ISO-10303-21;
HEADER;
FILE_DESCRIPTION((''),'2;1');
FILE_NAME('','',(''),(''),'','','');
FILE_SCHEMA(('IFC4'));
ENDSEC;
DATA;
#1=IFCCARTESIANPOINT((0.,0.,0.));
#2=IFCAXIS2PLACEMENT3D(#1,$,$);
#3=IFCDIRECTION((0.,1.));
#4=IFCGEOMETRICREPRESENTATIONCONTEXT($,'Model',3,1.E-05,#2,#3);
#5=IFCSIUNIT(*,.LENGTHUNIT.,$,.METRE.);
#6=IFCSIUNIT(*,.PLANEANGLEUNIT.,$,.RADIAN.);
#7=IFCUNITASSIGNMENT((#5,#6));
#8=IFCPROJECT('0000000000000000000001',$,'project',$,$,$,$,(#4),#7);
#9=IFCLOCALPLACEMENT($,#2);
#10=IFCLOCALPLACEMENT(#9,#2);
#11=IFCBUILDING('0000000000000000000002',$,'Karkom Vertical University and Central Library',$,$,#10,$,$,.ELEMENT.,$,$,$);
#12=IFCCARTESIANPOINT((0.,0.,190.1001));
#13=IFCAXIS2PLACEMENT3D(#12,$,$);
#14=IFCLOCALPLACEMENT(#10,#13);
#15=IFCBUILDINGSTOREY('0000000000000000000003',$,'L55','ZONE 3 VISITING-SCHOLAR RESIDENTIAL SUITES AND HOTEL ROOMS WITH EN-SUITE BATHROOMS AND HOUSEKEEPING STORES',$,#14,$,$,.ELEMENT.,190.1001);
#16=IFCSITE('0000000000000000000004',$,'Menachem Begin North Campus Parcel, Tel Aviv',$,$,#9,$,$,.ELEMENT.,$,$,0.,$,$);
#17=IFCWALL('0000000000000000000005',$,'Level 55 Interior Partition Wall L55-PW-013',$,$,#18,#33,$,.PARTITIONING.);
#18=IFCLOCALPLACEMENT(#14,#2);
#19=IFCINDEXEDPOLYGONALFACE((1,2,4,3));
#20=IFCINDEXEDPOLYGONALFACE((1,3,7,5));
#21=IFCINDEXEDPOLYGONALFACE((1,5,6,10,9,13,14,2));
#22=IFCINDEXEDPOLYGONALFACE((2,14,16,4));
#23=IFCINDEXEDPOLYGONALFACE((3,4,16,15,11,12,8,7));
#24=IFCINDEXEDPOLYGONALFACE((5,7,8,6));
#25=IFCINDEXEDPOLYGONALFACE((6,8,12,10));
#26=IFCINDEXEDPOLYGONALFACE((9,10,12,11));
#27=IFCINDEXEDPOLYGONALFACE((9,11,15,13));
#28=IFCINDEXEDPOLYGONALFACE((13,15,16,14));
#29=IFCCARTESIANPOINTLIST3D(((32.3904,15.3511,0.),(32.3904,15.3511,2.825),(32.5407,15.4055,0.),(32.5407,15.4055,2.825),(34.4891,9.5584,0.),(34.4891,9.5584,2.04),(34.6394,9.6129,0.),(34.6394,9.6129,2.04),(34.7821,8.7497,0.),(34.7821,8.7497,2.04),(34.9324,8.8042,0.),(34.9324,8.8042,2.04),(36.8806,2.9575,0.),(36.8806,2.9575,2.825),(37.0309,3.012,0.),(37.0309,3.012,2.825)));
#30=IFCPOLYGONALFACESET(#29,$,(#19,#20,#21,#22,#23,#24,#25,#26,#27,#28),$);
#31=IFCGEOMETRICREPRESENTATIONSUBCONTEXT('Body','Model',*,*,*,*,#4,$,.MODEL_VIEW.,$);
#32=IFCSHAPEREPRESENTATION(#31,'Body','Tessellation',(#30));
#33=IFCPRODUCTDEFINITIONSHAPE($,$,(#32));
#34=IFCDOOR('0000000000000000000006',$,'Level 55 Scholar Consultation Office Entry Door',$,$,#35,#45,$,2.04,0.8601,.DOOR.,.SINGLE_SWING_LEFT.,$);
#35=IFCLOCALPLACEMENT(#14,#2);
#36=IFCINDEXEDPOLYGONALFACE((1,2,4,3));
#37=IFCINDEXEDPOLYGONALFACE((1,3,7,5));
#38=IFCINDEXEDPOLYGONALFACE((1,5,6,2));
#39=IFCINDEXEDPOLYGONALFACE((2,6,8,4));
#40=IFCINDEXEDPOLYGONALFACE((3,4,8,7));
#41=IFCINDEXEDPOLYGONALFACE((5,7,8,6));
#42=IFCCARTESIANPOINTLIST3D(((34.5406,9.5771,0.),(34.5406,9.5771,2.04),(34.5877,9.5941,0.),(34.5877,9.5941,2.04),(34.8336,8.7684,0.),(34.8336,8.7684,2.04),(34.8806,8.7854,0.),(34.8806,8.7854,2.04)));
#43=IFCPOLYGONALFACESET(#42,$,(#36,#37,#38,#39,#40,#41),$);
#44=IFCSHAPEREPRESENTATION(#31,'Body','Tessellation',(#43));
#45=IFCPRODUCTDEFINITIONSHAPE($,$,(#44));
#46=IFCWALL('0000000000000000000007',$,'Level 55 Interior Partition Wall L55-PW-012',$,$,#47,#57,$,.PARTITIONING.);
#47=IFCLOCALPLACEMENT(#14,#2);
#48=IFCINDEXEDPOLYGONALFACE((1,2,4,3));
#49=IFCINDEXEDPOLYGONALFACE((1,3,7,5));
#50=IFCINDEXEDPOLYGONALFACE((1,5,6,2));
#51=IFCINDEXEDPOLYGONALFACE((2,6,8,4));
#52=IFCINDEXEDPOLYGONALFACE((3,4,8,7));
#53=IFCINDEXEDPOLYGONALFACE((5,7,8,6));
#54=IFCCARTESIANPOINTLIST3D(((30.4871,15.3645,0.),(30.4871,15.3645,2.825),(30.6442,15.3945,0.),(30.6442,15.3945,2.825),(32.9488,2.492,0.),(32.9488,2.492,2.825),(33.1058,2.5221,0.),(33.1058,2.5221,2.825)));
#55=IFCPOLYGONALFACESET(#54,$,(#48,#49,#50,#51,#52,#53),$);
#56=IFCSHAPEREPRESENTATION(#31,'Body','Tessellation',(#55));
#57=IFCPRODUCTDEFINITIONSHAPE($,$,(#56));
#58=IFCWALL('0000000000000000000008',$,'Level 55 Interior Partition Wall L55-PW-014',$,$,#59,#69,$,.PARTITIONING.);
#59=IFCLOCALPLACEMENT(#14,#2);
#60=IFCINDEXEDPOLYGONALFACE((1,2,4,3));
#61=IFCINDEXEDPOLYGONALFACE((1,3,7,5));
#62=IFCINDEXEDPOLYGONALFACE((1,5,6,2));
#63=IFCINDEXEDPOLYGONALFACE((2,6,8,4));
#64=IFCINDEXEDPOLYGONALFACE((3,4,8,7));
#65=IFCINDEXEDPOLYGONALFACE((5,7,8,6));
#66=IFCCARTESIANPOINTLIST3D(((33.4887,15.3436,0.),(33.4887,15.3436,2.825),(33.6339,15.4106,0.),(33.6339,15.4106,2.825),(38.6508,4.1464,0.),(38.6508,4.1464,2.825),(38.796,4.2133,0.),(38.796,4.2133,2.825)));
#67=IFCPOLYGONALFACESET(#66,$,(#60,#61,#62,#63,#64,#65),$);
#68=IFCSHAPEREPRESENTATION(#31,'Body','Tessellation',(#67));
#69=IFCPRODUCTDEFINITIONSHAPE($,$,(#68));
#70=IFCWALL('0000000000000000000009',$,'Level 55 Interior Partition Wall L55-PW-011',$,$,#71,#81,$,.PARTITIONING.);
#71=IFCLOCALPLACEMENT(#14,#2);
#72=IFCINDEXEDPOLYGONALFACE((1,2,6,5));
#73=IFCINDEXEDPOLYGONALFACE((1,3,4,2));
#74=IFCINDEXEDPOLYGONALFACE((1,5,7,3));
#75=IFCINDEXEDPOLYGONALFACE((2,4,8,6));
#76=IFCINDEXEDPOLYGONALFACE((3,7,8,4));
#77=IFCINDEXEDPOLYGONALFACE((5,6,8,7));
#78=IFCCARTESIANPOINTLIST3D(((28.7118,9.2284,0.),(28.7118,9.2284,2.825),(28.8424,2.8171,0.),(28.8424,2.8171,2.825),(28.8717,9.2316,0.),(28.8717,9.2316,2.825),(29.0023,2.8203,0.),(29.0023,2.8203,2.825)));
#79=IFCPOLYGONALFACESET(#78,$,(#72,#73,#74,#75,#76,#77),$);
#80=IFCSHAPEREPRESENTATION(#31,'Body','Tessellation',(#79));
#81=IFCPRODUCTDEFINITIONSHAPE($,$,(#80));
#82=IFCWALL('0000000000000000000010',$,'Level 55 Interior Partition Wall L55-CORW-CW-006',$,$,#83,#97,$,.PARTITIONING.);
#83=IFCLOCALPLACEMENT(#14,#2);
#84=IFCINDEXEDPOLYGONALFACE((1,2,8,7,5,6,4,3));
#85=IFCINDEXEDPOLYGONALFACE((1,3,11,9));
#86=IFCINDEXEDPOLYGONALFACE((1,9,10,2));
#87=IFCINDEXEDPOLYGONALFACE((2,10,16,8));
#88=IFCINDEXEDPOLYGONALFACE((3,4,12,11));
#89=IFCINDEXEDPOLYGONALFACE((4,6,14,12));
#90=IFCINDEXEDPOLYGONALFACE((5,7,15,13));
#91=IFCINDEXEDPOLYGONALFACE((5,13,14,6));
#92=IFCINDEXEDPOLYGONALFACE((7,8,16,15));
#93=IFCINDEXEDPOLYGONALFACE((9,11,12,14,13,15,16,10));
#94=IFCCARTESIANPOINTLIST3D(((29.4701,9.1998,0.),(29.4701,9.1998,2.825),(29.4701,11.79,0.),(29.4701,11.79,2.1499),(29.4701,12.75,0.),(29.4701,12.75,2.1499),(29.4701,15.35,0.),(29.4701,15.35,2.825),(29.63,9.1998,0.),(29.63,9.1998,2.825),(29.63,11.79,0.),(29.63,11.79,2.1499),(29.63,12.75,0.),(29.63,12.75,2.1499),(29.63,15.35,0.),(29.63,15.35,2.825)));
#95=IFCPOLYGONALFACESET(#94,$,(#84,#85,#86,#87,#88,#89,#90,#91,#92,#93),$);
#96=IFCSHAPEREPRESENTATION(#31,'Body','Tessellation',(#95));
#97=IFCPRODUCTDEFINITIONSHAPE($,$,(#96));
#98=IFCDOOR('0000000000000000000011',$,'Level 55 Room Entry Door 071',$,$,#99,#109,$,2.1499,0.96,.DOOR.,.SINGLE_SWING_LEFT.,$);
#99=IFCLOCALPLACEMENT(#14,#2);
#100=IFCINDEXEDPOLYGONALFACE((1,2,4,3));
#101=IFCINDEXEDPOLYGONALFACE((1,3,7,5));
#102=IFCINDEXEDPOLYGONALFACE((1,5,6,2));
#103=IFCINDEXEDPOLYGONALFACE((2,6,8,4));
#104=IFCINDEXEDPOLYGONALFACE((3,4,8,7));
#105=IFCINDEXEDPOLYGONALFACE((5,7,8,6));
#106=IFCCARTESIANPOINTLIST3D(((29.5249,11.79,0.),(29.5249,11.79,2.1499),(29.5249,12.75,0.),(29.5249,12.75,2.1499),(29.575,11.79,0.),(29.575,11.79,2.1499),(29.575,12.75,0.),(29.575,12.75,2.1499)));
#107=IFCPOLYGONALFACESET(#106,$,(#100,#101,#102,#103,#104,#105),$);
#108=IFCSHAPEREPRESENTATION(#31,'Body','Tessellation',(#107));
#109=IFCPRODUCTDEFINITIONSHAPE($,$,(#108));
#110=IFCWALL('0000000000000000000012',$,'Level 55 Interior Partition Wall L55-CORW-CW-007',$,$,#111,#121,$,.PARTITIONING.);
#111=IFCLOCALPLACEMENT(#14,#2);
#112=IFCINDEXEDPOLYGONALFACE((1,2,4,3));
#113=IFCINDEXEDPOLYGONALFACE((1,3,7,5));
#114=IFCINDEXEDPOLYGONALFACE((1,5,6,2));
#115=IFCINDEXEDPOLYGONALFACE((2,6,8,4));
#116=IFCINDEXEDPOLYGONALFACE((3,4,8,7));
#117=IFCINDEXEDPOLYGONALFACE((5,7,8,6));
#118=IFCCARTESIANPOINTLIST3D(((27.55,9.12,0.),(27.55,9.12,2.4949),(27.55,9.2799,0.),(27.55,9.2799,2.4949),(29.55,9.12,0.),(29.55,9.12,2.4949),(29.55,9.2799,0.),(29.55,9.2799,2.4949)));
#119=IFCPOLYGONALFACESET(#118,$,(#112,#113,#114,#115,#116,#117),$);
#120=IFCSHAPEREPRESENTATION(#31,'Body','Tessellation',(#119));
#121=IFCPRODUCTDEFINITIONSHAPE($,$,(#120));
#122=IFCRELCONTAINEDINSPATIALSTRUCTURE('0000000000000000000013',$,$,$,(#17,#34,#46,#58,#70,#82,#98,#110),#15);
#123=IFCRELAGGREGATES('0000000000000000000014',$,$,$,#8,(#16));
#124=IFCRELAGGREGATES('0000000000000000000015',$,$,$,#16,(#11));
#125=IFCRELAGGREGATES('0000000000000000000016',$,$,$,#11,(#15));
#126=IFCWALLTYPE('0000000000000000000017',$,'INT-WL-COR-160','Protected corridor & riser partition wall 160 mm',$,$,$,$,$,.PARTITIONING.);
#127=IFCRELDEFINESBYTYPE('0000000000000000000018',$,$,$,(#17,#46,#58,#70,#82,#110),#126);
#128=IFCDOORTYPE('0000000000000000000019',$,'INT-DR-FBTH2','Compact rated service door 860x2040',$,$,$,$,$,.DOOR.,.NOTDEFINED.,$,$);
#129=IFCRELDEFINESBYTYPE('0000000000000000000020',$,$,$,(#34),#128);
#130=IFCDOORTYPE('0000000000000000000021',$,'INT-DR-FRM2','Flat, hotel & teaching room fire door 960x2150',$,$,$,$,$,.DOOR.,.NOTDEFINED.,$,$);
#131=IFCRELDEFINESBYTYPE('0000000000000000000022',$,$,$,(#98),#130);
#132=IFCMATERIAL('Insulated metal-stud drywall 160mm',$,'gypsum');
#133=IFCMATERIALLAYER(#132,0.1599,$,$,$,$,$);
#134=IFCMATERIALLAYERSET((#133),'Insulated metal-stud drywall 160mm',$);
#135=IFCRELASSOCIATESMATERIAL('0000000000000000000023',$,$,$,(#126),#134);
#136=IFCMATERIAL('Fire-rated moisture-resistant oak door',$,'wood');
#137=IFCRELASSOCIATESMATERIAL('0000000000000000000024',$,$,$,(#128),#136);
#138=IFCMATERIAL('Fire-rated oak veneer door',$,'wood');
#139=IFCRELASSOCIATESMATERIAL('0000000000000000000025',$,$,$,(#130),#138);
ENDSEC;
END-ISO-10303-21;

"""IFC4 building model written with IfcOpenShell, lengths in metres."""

from ifc_helpers import new_model, si_unit, direction, frame, frame_2d, origin, origin_with_axes, place, context, subcontext, project, spatial, rectangle, extrude, source, transform, mapped, material, layer, layer_set, type_object, element, fill, save


model = new_model("IFC4")

# Units and contexts
model_context = context("Model", 3, precision=1e-05, world=origin(), true_north=direction((0.0, 1.0)))
body_context = subcontext(model_context, "Body", "Model", "MODEL_VIEW")
ifc_project = project(units=[si_unit("LENGTHUNIT", "METRE"), si_unit("PLANEANGLEUNIT", "RADIAN")], contexts=[model_context])

# Site, building, storey
site_placement = place(None, origin())
site = spatial("IfcSite", under=ifc_project, at=site_placement, Name="Menachem Begin North Campus Parcel, Tel Aviv", CompositionType="ELEMENT", RefElevation=0.0)
building_placement = place(site_placement, origin())
building = spatial("IfcBuilding", under=site, at=building_placement, Name="Karkom Vertical University and Central Library", CompositionType="ELEMENT")
storey_placement = place(building_placement, frame((0.0, 0.0, 190.1001)))
storey = spatial("IfcBuildingStorey", under=building, at=storey_placement, Name="L55", Description="ZONE 3 VISITING-SCHOLAR RESIDENTIAL SUITES AND HOTEL ROOMS WITH EN-SUITE BATHROOMS AND HOUSEKEEPING STORES", CompositionType="ELEMENT", Elevation=190.1001)

# Wall, opening, door
ifc_material_1 = material(Name="Insulated metal-stud drywall 160mm", Category="gypsum")
ifc_layer = layer(ifc_material_1, 0.1599)
ifc_layer_set = layer_set([ifc_layer], Name="Insulated metal-stud drywall 160mm")
wall_type = type_object("IfcWallType", Name="INT-WL-COR-160", Description="Protected corridor & riser partition wall 160 mm", PredefinedType="PARTITIONING", material=ifc_layer_set)
wall_1_placement = place(storey_placement, frame((32.4656, 15.3782, 0.0), z_axis=(0.0, 0.0, 1.0), x_axis=(0.340636, -0.940195, 0.0)))
wall_1 = element("IfcWall", 1, at=wall_1_placement, inside=storey, type_object=wall_type, Name="Level 55 Interior Partition Wall L55-PW-013", PredefinedType="PARTITIONING", context=body_context, shape_type="SweptSolid", body=[
    extrude(rectangle(XDim=13.1819, YDim=0.1599, at=frame_2d((6.5908, 0.0))), origin(), (0.0, 0.0, 1.0), 2.825),
])
opening_1_placement = place(wall_1_placement, frame((6.1609, 0.0, 0.0)))
opening_1 = element("IfcOpeningElement", 2, at=opening_1_placement, cuts=wall_1, PredefinedType="OPENING", context=body_context, shape_type="SweptSolid", body=[
    extrude(rectangle(XDim=0.8601, YDim=2.04, at=frame_2d((0.4302, 1.02))), frame((0.0, 0.0898, 0.0), z_axis=(0.0, -1.0, 0.0), x_axis=(1.0, 0.0, 0.0)), (0.0, 0.0, 1.0), 0.1799),
])
ifc_material_2 = material(Name="Fire-rated moisture-resistant oak door", Category="wood")
door_type_1 = type_object("IfcDoorType", Name="INT-DR-FBTH2", Description="Compact rated service door 860x2040", OperationType="NOTDEFINED", PredefinedType="DOOR", material=ifc_material_2)
shared_shape_1 = source(origin_with_axes(), body_context, "Body", "SweptSolid", [
    extrude(rectangle(XDim=0.8601, YDim=2.04, at=frame_2d((0.4302, 1.02))), frame((0.0, 0.0249, 0.0), z_axis=(0.0, -1.0, 0.0), x_axis=(1.0, 0.0, 0.0)), (0.0, 0.0, 1.0), 0.05),
])
door_1_placement = place(opening_1_placement, origin())
door_1 = element("IfcDoor", 3, at=door_1_placement, inside=storey, type_object=door_type_1, Name="Level 55 Scholar Consultation Office Entry Door", OperationType="SINGLE_SWING_LEFT", OverallHeight=2.04, OverallWidth=0.8601, PredefinedType="DOOR", context=body_context, shape_type="MappedRepresentation", body=[
    mapped(shared_shape_1, transform((0.0, 0.0, 0.0), scale=1.0)),
])
fill(opening_1, door_1)

# Walls
wall_2_placement = place(storey_placement, frame((30.5657, 15.3794, 0.0), z_axis=(0.0, 0.0, 1.0), x_axis=(0.18783, -0.982202, 0.0)))
element("IfcWall", 4, at=wall_2_placement, inside=storey, type_object=wall_type, Name="Level 55 Interior Partition Wall L55-PW-012", PredefinedType="PARTITIONING", context=body_context, shape_type="SweptSolid", body=[
    extrude(rectangle(XDim=13.1057, YDim=0.1599, at=frame_2d((6.5527, 0.0))), origin(), (0.0, 0.0, 1.0), 2.825),
])
wall_3_placement = place(storey_placement, frame((33.5613, 15.3772, 0.0), z_axis=(0.0, 0.0, 1.0), x_axis=(0.418666, -0.90814, 0.0)))
element("IfcWall", 5, at=wall_3_placement, inside=storey, type_object=wall_type, Name="Level 55 Interior Partition Wall L55-PW-014", PredefinedType="PARTITIONING", context=body_context, shape_type="SweptSolid", body=[
    extrude(rectangle(XDim=12.3298, YDim=0.1599, at=frame_2d((6.165, 0.0))), origin(), (0.0, 0.0, 1.0), 2.825),
])

# Shared definitions
ifc_material_3 = material(Name="Fire-rated oak veneer door", Category="wood")
door_type_2 = type_object("IfcDoorType", Name="INT-DR-FRM2", Description="Flat, hotel & teaching room fire door 960x2150", OperationType="NOTDEFINED", PredefinedType="DOOR", material=ifc_material_3)
shared_shape_2 = source(origin_with_axes(), body_context, "Body", "SweptSolid", [
    extrude(rectangle(XDim=0.96, YDim=2.1499, at=frame_2d((0.48, 1.075))), frame((0.0, 0.0249, 0.0), z_axis=(0.0, -1.0, 0.0), x_axis=(1.0, 0.0, 0.0)), (0.0, 0.0, 1.0), 0.05),
])

# Wall
wall_4_placement = place(storey_placement, frame((28.7917, 9.23, 0.0), z_axis=(0.0, 0.0, 1.0), x_axis=(0.020368, -0.999793, 0.0)))
element("IfcWall", 6, at=wall_4_placement, inside=storey, type_object=wall_type, Name="Level 55 Interior Partition Wall L55-PW-011", PredefinedType="PARTITIONING", context=body_context, shape_type="SweptSolid", body=[
    extrude(rectangle(XDim=6.4126, YDim=0.1599, at=frame_2d((3.2063, 0.0))), origin(), (0.0, 0.0, 1.0), 2.825),
])

# Wall, opening, door
wall_5_placement = place(storey_placement, frame((29.55, 15.3501, 0.0), z_axis=(0.0, 0.0, 1.0), x_axis=(0.0, -1.0, 0.0)))
wall_5 = element("IfcWall", 7, at=wall_5_placement, inside=storey, type_object=wall_type, Name="Level 55 Interior Partition Wall L55-CORW-CW-006", PredefinedType="PARTITIONING", context=body_context, shape_type="SweptSolid", body=[
    extrude(rectangle(XDim=6.1501, YDim=0.1599, at=frame_2d((3.0752, 0.0))), origin(), (0.0, 0.0, 1.0), 2.825),
])
opening_2_placement = place(wall_5_placement, frame((2.6001, 0.0, 0.0)))
opening_2 = element("IfcOpeningElement", 8, at=opening_2_placement, cuts=wall_5, PredefinedType="OPENING", context=body_context, shape_type="SweptSolid", body=[
    extrude(rectangle(XDim=0.96, YDim=2.1499, at=frame_2d((0.48, 1.075))), frame((0.0, 0.0898, 0.0), z_axis=(0.0, -1.0, 0.0), x_axis=(1.0, 0.0, 0.0)), (0.0, 0.0, 1.0), 0.1799),
])
door_2_placement = place(opening_2_placement, origin())
door_2 = element("IfcDoor", 9, at=door_2_placement, inside=storey, type_object=door_type_2, Name="Level 55 Room Entry Door 071", OperationType="SINGLE_SWING_LEFT", OverallHeight=2.1499, OverallWidth=0.96, PredefinedType="DOOR", context=body_context, shape_type="MappedRepresentation", body=[
    mapped(shared_shape_2, transform((0.0, 0.0, 0.0), scale=1.0)),
])
fill(opening_2, door_2)

# Wall
wall_6_placement = place(storey_placement, frame((29.55, 9.2, 0.0), z_axis=(0.0, 0.0, 1.0), x_axis=(-1.0, 0.0, 0.0)))
element("IfcWall", 10, at=wall_6_placement, inside=storey, type_object=wall_type, Name="Level 55 Interior Partition Wall L55-CORW-CW-007", PredefinedType="PARTITIONING", context=body_context, shape_type="SweptSolid", body=[
    extrude(rectangle(XDim=2.0, YDim=0.1599, at=frame_2d((1.0, 0.0))), origin(), (0.0, 0.0, 1.0), 2.4949),
])

save(model, "model.ifc")
